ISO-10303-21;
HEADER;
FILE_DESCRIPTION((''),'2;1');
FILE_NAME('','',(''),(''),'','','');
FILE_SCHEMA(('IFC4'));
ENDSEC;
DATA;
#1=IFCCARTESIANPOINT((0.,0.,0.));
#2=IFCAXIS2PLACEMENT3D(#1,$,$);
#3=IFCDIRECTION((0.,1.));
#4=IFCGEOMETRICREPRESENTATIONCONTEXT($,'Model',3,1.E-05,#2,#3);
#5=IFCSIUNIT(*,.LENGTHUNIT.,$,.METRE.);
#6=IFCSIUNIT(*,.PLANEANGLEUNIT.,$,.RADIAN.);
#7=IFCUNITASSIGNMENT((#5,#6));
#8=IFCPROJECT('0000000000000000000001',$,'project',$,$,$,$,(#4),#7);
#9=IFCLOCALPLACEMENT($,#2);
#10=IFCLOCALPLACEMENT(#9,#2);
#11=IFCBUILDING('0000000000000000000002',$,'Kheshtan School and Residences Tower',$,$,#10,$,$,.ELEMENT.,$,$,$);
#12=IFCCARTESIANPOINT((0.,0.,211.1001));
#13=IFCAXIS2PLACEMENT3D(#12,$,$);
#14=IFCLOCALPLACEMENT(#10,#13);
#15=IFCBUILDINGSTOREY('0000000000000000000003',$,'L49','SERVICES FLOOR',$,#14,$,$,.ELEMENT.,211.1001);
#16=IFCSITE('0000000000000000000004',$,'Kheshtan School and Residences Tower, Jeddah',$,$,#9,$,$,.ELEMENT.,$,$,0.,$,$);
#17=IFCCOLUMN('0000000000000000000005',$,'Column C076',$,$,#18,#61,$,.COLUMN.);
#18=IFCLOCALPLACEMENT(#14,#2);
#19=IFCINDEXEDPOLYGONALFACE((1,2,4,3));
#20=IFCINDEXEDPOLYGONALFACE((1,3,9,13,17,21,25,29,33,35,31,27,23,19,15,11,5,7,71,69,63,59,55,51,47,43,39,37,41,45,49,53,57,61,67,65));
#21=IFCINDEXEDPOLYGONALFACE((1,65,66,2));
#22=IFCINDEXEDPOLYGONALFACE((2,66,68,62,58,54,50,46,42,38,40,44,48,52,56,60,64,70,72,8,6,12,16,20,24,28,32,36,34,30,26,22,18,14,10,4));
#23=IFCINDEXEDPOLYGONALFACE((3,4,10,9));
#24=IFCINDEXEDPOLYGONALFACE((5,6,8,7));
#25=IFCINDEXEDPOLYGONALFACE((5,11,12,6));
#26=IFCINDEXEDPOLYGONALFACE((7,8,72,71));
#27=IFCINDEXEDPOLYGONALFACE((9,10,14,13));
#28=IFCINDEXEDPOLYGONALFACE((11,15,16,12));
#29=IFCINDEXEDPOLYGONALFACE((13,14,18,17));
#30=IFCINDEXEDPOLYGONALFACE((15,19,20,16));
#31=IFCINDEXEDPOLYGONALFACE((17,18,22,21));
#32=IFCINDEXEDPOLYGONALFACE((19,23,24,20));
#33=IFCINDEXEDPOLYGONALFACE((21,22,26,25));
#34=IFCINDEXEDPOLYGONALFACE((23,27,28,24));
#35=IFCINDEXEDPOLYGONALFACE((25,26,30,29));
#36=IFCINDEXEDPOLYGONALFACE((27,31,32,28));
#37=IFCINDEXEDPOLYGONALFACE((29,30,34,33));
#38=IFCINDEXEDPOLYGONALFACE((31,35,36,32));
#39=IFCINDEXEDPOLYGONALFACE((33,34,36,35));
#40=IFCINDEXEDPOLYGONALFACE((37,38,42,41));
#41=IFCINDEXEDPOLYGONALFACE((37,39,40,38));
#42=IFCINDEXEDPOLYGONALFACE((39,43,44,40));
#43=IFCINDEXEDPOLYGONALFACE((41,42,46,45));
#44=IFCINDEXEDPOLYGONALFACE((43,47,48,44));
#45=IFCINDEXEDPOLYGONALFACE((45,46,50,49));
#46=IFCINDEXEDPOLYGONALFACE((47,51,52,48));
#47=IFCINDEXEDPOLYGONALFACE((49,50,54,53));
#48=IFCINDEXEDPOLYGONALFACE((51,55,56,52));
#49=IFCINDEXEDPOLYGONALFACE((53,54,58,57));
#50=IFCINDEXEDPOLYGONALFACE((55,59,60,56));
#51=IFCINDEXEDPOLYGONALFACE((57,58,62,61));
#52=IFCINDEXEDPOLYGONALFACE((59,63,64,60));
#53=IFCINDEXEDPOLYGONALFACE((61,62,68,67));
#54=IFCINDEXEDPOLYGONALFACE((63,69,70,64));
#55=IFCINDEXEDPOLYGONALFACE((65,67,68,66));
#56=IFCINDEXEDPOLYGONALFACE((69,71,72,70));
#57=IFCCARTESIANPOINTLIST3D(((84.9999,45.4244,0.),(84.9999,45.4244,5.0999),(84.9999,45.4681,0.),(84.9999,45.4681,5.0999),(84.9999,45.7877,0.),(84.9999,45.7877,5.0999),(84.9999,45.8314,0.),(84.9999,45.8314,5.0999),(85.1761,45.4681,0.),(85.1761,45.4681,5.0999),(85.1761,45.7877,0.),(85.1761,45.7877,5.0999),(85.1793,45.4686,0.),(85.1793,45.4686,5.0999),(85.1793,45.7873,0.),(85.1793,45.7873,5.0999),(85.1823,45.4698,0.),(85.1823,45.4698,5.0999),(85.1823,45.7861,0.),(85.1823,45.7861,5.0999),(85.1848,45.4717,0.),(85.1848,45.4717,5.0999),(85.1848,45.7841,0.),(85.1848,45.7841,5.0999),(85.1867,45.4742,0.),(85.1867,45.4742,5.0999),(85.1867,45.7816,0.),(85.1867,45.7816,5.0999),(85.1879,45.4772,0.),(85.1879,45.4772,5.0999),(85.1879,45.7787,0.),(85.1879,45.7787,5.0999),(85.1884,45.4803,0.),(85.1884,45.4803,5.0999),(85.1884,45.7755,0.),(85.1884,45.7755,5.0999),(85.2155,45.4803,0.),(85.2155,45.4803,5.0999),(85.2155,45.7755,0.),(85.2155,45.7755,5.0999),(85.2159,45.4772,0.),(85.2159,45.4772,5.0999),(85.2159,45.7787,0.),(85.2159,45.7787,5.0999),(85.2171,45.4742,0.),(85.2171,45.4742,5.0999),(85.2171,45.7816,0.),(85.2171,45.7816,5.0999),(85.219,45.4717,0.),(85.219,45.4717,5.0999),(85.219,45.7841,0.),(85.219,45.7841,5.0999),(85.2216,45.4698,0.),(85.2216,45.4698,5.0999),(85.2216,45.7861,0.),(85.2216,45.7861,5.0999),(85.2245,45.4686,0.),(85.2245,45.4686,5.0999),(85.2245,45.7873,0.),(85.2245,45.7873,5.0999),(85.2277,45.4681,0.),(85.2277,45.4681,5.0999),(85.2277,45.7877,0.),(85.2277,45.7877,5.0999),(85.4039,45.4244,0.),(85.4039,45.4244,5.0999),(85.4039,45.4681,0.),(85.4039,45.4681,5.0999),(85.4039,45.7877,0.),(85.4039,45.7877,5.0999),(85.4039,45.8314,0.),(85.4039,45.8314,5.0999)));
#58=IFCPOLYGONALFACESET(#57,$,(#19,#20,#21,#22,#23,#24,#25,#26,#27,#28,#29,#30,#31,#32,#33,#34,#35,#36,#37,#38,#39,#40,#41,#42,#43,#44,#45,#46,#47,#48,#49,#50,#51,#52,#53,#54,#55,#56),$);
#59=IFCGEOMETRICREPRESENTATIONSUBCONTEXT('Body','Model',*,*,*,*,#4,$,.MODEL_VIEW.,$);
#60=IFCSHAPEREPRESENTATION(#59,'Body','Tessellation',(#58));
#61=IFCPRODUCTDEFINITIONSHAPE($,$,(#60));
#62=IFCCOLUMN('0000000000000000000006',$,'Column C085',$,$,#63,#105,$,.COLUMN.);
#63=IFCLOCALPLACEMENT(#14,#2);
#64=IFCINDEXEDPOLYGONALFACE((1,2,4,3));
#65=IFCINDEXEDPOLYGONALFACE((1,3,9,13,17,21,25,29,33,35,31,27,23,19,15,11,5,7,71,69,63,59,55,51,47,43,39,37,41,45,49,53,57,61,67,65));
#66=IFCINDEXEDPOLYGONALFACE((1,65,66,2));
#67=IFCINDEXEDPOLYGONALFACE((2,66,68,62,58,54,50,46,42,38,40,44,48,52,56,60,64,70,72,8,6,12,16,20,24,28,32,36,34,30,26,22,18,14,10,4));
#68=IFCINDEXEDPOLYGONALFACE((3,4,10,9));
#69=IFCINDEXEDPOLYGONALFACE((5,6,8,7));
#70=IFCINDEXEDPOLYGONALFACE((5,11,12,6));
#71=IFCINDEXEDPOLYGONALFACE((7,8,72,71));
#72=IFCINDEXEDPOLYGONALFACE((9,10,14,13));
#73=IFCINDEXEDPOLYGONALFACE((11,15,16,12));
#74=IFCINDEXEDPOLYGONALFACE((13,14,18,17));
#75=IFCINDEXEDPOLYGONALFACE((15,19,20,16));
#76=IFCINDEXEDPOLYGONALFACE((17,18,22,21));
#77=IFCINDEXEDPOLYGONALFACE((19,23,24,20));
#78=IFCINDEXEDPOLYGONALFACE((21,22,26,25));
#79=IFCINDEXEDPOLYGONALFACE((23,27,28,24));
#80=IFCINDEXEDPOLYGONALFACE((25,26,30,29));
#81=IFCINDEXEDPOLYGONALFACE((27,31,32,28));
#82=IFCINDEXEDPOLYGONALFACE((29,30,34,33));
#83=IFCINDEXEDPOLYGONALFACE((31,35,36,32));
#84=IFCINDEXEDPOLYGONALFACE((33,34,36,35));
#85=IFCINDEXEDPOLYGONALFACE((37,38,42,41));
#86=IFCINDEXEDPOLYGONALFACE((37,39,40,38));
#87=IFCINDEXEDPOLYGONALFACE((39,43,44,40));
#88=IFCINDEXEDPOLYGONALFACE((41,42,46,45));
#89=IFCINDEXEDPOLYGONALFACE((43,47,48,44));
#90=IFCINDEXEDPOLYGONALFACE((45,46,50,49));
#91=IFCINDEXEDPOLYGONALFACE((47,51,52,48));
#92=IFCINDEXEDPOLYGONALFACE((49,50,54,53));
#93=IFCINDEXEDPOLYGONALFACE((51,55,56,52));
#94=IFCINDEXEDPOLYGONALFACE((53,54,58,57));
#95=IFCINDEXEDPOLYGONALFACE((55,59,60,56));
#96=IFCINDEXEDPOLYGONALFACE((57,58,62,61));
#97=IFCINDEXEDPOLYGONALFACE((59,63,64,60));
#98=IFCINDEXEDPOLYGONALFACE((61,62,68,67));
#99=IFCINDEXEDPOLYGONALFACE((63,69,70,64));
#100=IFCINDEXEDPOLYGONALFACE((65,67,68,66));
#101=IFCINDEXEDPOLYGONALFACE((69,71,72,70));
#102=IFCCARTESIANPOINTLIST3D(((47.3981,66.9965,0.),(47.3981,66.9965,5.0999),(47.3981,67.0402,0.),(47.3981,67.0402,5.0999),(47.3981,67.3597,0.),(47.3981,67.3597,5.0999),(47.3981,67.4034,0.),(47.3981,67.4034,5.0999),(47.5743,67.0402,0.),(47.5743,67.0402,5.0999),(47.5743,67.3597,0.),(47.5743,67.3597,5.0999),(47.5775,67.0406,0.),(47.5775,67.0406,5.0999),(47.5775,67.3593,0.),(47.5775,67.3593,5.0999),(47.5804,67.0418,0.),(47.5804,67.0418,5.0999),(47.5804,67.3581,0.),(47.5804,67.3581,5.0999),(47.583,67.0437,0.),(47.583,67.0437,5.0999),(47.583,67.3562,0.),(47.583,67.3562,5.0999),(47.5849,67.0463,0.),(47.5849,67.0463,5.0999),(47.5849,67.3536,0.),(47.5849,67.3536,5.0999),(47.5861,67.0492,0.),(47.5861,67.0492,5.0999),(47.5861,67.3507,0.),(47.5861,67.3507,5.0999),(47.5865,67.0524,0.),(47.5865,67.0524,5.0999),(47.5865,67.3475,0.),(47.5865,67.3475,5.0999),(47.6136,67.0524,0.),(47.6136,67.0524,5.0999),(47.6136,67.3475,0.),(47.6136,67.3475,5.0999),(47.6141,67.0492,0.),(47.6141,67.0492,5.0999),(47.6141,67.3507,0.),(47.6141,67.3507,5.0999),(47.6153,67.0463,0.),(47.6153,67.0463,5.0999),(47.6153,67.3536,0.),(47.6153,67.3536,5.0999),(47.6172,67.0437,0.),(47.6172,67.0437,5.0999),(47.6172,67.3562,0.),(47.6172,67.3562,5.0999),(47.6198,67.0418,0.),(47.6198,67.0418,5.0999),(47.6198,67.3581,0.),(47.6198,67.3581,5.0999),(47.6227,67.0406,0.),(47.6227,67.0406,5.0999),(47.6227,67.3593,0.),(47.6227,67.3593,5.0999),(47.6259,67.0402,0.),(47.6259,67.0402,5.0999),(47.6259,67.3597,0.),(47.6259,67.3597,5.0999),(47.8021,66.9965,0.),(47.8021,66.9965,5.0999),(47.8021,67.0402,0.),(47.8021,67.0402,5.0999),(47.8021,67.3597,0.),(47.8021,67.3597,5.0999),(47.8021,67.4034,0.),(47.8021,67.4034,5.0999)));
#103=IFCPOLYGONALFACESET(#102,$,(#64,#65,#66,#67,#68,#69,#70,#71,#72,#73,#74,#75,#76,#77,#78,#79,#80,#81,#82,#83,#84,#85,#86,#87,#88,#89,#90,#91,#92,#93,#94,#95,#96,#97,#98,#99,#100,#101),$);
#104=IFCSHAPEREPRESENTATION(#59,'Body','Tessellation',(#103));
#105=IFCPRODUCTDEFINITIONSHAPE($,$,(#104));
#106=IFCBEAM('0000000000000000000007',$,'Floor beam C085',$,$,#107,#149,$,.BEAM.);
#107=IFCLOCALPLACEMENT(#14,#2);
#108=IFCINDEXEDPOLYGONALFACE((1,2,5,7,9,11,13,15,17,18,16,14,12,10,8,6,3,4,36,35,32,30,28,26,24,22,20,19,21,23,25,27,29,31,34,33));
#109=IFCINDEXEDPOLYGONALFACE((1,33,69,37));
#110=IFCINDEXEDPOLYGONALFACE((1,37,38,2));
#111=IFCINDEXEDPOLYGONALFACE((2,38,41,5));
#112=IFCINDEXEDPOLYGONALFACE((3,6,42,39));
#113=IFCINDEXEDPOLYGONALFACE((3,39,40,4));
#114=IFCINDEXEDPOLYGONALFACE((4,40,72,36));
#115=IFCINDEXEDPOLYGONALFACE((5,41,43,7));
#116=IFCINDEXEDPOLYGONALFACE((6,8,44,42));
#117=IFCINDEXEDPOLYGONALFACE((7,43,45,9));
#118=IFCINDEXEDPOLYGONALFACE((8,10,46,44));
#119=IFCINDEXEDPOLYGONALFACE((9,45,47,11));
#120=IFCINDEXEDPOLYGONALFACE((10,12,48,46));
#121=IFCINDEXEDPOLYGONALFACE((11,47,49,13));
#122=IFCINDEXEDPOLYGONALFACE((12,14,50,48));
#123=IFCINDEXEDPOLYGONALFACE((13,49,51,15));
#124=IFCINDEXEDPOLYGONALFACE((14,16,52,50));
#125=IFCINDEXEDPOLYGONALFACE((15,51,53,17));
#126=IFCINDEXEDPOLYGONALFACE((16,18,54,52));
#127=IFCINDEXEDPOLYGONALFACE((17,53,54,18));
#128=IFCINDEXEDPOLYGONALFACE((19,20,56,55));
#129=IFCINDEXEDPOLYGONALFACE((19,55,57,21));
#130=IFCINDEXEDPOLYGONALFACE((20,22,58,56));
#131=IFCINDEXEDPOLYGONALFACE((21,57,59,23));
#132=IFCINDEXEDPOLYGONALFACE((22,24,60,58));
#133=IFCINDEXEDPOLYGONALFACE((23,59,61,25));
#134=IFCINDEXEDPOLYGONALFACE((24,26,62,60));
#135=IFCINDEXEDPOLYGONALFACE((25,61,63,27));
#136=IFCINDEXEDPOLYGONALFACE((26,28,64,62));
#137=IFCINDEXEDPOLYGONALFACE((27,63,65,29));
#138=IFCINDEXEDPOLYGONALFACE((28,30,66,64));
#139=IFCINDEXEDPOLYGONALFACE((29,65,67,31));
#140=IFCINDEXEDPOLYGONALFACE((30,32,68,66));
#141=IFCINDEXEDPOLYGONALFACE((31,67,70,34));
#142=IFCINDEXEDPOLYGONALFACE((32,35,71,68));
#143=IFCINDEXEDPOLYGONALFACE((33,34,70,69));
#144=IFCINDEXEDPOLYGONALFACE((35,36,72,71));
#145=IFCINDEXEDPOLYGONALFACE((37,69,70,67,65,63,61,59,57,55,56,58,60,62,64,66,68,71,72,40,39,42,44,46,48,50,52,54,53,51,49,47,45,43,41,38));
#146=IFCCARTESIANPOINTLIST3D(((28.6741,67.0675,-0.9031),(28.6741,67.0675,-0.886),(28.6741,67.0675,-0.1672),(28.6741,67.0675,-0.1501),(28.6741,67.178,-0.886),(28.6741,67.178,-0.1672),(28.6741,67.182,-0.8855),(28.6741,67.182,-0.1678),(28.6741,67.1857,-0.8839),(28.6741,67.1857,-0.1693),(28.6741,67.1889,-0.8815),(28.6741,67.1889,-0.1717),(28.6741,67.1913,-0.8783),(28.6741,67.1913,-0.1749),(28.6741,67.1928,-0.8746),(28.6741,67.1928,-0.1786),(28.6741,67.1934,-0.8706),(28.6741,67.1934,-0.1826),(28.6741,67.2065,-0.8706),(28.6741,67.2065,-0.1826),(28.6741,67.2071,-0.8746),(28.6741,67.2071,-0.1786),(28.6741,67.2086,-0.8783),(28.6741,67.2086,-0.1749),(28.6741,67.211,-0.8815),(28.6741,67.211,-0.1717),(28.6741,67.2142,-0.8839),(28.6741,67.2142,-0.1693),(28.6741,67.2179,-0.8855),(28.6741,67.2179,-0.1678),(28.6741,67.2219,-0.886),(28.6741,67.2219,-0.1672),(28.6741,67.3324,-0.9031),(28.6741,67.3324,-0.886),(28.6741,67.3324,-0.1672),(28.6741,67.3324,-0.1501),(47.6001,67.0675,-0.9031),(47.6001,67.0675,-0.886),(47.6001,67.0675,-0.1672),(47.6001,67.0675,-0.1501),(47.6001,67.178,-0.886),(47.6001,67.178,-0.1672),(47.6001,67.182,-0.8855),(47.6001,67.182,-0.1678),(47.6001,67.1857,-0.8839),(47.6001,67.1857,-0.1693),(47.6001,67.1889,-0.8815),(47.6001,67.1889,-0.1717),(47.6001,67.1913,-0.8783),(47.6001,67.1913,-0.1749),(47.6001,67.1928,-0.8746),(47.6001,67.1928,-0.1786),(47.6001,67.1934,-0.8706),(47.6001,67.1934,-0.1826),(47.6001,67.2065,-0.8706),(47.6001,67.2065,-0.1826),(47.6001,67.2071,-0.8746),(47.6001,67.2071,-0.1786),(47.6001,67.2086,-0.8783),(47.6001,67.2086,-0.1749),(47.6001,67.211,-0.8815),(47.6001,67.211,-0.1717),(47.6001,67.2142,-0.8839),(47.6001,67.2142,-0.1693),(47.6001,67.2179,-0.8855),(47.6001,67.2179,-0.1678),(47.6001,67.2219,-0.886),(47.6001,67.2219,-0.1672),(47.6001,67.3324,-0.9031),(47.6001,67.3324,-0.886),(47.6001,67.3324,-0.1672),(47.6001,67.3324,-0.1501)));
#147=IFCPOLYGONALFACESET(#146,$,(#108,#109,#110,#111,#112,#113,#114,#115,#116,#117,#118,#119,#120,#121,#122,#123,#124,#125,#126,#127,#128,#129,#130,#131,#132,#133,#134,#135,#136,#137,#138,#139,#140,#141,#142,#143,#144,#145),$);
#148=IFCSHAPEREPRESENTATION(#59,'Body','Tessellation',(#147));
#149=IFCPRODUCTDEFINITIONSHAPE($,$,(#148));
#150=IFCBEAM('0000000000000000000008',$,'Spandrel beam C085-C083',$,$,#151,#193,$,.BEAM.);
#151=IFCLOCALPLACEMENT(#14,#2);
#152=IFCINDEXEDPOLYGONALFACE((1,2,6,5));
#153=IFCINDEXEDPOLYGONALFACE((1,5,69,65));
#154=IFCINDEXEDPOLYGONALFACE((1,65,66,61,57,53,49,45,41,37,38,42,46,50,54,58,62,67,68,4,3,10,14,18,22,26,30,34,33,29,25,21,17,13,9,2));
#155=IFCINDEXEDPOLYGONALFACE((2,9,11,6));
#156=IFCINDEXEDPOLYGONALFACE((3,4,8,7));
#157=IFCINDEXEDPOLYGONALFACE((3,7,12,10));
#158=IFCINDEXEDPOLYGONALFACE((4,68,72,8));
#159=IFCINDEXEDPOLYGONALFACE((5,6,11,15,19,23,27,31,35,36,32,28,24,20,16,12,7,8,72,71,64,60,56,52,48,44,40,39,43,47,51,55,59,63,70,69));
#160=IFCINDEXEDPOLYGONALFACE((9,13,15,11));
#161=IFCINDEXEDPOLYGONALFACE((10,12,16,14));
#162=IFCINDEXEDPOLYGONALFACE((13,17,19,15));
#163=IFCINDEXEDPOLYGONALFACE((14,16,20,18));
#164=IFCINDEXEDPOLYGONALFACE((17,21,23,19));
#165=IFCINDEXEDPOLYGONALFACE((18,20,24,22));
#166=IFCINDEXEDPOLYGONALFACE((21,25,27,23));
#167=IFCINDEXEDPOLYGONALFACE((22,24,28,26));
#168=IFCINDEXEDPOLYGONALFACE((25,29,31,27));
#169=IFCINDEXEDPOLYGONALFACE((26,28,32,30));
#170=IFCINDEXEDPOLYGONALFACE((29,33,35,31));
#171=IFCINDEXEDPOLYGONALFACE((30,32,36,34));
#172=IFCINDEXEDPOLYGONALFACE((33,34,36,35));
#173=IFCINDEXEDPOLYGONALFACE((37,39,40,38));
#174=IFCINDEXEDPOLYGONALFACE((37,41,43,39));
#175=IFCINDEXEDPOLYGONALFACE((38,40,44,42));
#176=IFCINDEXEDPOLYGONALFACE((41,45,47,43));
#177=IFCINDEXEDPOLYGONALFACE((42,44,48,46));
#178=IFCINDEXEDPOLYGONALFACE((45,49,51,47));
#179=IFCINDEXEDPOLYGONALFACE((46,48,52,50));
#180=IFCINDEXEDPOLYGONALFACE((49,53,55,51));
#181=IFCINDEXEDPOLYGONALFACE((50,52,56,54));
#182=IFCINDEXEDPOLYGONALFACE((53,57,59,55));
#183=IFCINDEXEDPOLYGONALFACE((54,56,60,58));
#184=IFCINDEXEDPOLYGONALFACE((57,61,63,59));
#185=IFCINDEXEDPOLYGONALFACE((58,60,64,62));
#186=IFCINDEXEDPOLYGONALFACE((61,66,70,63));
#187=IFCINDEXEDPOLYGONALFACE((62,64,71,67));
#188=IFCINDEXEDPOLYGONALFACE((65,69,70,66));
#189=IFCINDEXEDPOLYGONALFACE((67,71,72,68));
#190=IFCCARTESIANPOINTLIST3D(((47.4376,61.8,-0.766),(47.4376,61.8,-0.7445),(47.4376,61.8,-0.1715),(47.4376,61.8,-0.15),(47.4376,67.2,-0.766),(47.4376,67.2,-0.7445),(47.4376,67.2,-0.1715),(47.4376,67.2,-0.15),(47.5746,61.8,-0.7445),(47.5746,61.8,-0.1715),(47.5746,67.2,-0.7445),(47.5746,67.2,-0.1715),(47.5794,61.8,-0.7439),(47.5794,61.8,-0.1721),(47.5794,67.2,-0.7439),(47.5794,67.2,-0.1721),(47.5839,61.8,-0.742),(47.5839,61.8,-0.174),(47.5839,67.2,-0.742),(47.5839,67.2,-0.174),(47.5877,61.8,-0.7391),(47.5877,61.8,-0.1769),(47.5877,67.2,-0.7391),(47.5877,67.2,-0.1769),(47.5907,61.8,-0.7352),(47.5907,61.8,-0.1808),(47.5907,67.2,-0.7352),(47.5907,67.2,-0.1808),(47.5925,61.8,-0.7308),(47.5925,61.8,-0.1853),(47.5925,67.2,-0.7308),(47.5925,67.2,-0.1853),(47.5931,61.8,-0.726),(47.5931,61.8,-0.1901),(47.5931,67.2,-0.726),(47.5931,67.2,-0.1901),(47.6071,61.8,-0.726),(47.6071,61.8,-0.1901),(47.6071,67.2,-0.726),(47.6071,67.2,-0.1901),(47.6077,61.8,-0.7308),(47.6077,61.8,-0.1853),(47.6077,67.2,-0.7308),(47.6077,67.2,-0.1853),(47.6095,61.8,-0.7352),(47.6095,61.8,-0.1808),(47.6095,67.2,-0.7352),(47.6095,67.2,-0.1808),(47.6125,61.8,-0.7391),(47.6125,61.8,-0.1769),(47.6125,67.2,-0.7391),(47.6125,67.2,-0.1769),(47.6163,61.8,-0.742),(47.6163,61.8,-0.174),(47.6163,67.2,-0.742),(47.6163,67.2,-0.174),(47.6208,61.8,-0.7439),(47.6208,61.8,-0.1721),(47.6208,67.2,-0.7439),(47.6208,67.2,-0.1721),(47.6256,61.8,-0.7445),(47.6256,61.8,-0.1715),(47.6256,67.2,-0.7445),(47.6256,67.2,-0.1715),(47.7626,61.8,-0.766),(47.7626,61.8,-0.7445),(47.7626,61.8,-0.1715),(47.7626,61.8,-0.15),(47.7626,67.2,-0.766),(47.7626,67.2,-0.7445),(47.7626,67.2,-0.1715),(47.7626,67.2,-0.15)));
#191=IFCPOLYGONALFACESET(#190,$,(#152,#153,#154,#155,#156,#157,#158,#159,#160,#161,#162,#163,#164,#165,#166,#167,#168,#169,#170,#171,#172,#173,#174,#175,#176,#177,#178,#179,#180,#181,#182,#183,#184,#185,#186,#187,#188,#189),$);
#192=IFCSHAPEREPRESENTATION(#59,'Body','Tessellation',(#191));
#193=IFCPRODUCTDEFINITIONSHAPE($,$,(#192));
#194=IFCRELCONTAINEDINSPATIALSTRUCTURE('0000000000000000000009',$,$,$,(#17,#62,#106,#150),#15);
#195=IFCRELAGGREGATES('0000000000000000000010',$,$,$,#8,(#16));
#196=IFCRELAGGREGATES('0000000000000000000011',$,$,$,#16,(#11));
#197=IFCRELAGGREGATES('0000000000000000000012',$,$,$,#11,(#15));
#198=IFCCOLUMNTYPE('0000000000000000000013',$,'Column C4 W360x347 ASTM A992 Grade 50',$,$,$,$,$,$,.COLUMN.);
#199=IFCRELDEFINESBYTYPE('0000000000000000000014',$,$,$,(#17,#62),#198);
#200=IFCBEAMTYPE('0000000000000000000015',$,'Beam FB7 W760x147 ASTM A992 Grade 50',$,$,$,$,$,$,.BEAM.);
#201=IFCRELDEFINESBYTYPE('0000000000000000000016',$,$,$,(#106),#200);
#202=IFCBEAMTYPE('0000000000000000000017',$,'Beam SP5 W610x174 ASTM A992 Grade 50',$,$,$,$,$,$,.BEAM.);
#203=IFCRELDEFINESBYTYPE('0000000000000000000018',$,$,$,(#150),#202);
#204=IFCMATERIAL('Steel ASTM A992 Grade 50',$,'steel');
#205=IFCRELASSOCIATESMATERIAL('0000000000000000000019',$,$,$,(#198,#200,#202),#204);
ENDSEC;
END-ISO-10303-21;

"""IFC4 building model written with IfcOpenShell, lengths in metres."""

from ifc_helpers import new_model, si_unit, direction, frame, origin, origin_2d, place, context, subcontext, project, spatial, i_section, extrude, material, material_profile, profile_set, type_object, element, save


model = new_model("IFC4")

# Units and contexts
model_context = context("Model", 3, precision=1e-05, world=origin(), true_north=direction((0.0, 1.0)))
body_context = subcontext(model_context, "Body", "Model", "MODEL_VIEW")
ifc_project = project(units=[si_unit("LENGTHUNIT", "METRE"), si_unit("PLANEANGLEUNIT", "RADIAN")], contexts=[model_context])

# Site, building, storey
site_placement = place(None, origin())
site = spatial("IfcSite", under=ifc_project, at=site_placement, Name="Kheshtan School and Residences Tower, Jeddah", CompositionType="ELEMENT", RefElevation=0.0)
building_placement = place(site_placement, origin())
building = spatial("IfcBuilding", under=site, at=building_placement, Name="Kheshtan School and Residences Tower", CompositionType="ELEMENT")
storey_placement = place(building_placement, frame((0.0, 0.0, 211.1001)))
storey = spatial("IfcBuildingStorey", under=building, at=storey_placement, Name="L49", Description="SERVICES FLOOR", CompositionType="ELEMENT", Elevation=211.1001)

# Columns
ifc_material_1 = material(Name="Steel ASTM A992 Grade 50", Category="steel")
ifc_material_profile_1 = material_profile(ifc_material_1, i_section(OverallWidth=0.4041, OverallDepth=0.407, WebThickness=0.0271, FlangeThickness=0.0437, FilletRadius=0.0122, at=origin_2d()), Name="W360x347")
ifc_profile_set_1 = profile_set([ifc_material_profile_1], Name="Steel ASTM A992 Grade 50")
column_type = type_object("IfcColumnType", Name="Column C4 W360x347 ASTM A992 Grade 50", PredefinedType="COLUMN", material=ifc_profile_set_1)
for number, where, z_axis, x_axis, name in (
    (1, (85.2019, 45.6279, 0.0), (0.0, 0.0, 1.0), (1.0, 0.0, 0.0), "Column C076"),
    (2, (47.6001, 67.2, 0.0), (0.0, 0.0, 1.0), (1.0, 0.0, 0.0), "Column C085"),
):
    element("IfcColumn", number, at=place(storey_placement, frame(where, z_axis=z_axis, x_axis=x_axis)), inside=storey, type_object=column_type, Name=name, PredefinedType="COLUMN", context=body_context, shape_type="SweptSolid", body=[
        extrude(i_section(OverallWidth=0.4041, OverallDepth=0.407, WebThickness=0.0271, FlangeThickness=0.0437, FilletRadius=0.0122, at=origin_2d()), origin(), (0.0, 0.0, 1.0), 5.0999),
    ])

# Beams
ifc_material_profile_2 = material_profile(ifc_material_1, i_section(OverallWidth=0.2649, OverallDepth=0.7529, WebThickness=0.0132, FlangeThickness=0.0171, FilletRadius=0.0154, at=origin_2d()), Name="W760x147")
ifc_profile_set_2 = profile_set([ifc_material_profile_2], Name="Steel ASTM A992 Grade 50")
beam_type_1 = type_object("IfcBeamType", Name="Beam FB7 W760x147 ASTM A992 Grade 50", PredefinedType="BEAM", material=ifc_profile_set_2)
beam_1_placement = place(storey_placement, frame((47.6001, 67.2, -0.5266), z_axis=(-1.0, 0.0, 0.0), x_axis=(0.0, -1.0, 0.0)))
element("IfcBeam", 3, at=beam_1_placement, inside=storey, type_object=beam_type_1, Name="Floor beam C085", PredefinedType="BEAM", context=body_context, shape_type="SweptSolid", body=[
    extrude(i_section(OverallWidth=0.2649, OverallDepth=0.7529, WebThickness=0.0132, FlangeThickness=0.0171, FilletRadius=0.0154, at=origin_2d()), origin(), (0.0, 0.0, 1.0), 18.926),
])
ifc_material_profile_3 = material_profile(ifc_material_1, i_section(OverallWidth=0.325, OverallDepth=0.616, WebThickness=0.0139, FlangeThickness=0.0215, FilletRadius=0.0186, at=origin_2d()), Name="W610x174")
ifc_profile_set_3 = profile_set([ifc_material_profile_3], Name="Steel ASTM A992 Grade 50")
beam_type_2 = type_object("IfcBeamType", Name="Beam SP5 W610x174 ASTM A992 Grade 50", PredefinedType="BEAM", material=ifc_profile_set_3)
beam_2_placement = place(storey_placement, frame((47.6001, 67.2, -0.458), z_axis=(0.0, -1.0, 0.0), x_axis=(1.0, 0.0, 0.0)))
element("IfcBeam", 4, at=beam_2_placement, inside=storey, type_object=beam_type_2, Name="Spandrel beam C085-C083", PredefinedType="BEAM", context=body_context, shape_type="SweptSolid", body=[
    extrude(i_section(OverallWidth=0.325, OverallDepth=0.616, WebThickness=0.0139, FlangeThickness=0.0215, FilletRadius=0.0186, at=origin_2d()), origin(), (0.0, 0.0, 1.0), 5.3999),
])

save(model, "model.ifc")
